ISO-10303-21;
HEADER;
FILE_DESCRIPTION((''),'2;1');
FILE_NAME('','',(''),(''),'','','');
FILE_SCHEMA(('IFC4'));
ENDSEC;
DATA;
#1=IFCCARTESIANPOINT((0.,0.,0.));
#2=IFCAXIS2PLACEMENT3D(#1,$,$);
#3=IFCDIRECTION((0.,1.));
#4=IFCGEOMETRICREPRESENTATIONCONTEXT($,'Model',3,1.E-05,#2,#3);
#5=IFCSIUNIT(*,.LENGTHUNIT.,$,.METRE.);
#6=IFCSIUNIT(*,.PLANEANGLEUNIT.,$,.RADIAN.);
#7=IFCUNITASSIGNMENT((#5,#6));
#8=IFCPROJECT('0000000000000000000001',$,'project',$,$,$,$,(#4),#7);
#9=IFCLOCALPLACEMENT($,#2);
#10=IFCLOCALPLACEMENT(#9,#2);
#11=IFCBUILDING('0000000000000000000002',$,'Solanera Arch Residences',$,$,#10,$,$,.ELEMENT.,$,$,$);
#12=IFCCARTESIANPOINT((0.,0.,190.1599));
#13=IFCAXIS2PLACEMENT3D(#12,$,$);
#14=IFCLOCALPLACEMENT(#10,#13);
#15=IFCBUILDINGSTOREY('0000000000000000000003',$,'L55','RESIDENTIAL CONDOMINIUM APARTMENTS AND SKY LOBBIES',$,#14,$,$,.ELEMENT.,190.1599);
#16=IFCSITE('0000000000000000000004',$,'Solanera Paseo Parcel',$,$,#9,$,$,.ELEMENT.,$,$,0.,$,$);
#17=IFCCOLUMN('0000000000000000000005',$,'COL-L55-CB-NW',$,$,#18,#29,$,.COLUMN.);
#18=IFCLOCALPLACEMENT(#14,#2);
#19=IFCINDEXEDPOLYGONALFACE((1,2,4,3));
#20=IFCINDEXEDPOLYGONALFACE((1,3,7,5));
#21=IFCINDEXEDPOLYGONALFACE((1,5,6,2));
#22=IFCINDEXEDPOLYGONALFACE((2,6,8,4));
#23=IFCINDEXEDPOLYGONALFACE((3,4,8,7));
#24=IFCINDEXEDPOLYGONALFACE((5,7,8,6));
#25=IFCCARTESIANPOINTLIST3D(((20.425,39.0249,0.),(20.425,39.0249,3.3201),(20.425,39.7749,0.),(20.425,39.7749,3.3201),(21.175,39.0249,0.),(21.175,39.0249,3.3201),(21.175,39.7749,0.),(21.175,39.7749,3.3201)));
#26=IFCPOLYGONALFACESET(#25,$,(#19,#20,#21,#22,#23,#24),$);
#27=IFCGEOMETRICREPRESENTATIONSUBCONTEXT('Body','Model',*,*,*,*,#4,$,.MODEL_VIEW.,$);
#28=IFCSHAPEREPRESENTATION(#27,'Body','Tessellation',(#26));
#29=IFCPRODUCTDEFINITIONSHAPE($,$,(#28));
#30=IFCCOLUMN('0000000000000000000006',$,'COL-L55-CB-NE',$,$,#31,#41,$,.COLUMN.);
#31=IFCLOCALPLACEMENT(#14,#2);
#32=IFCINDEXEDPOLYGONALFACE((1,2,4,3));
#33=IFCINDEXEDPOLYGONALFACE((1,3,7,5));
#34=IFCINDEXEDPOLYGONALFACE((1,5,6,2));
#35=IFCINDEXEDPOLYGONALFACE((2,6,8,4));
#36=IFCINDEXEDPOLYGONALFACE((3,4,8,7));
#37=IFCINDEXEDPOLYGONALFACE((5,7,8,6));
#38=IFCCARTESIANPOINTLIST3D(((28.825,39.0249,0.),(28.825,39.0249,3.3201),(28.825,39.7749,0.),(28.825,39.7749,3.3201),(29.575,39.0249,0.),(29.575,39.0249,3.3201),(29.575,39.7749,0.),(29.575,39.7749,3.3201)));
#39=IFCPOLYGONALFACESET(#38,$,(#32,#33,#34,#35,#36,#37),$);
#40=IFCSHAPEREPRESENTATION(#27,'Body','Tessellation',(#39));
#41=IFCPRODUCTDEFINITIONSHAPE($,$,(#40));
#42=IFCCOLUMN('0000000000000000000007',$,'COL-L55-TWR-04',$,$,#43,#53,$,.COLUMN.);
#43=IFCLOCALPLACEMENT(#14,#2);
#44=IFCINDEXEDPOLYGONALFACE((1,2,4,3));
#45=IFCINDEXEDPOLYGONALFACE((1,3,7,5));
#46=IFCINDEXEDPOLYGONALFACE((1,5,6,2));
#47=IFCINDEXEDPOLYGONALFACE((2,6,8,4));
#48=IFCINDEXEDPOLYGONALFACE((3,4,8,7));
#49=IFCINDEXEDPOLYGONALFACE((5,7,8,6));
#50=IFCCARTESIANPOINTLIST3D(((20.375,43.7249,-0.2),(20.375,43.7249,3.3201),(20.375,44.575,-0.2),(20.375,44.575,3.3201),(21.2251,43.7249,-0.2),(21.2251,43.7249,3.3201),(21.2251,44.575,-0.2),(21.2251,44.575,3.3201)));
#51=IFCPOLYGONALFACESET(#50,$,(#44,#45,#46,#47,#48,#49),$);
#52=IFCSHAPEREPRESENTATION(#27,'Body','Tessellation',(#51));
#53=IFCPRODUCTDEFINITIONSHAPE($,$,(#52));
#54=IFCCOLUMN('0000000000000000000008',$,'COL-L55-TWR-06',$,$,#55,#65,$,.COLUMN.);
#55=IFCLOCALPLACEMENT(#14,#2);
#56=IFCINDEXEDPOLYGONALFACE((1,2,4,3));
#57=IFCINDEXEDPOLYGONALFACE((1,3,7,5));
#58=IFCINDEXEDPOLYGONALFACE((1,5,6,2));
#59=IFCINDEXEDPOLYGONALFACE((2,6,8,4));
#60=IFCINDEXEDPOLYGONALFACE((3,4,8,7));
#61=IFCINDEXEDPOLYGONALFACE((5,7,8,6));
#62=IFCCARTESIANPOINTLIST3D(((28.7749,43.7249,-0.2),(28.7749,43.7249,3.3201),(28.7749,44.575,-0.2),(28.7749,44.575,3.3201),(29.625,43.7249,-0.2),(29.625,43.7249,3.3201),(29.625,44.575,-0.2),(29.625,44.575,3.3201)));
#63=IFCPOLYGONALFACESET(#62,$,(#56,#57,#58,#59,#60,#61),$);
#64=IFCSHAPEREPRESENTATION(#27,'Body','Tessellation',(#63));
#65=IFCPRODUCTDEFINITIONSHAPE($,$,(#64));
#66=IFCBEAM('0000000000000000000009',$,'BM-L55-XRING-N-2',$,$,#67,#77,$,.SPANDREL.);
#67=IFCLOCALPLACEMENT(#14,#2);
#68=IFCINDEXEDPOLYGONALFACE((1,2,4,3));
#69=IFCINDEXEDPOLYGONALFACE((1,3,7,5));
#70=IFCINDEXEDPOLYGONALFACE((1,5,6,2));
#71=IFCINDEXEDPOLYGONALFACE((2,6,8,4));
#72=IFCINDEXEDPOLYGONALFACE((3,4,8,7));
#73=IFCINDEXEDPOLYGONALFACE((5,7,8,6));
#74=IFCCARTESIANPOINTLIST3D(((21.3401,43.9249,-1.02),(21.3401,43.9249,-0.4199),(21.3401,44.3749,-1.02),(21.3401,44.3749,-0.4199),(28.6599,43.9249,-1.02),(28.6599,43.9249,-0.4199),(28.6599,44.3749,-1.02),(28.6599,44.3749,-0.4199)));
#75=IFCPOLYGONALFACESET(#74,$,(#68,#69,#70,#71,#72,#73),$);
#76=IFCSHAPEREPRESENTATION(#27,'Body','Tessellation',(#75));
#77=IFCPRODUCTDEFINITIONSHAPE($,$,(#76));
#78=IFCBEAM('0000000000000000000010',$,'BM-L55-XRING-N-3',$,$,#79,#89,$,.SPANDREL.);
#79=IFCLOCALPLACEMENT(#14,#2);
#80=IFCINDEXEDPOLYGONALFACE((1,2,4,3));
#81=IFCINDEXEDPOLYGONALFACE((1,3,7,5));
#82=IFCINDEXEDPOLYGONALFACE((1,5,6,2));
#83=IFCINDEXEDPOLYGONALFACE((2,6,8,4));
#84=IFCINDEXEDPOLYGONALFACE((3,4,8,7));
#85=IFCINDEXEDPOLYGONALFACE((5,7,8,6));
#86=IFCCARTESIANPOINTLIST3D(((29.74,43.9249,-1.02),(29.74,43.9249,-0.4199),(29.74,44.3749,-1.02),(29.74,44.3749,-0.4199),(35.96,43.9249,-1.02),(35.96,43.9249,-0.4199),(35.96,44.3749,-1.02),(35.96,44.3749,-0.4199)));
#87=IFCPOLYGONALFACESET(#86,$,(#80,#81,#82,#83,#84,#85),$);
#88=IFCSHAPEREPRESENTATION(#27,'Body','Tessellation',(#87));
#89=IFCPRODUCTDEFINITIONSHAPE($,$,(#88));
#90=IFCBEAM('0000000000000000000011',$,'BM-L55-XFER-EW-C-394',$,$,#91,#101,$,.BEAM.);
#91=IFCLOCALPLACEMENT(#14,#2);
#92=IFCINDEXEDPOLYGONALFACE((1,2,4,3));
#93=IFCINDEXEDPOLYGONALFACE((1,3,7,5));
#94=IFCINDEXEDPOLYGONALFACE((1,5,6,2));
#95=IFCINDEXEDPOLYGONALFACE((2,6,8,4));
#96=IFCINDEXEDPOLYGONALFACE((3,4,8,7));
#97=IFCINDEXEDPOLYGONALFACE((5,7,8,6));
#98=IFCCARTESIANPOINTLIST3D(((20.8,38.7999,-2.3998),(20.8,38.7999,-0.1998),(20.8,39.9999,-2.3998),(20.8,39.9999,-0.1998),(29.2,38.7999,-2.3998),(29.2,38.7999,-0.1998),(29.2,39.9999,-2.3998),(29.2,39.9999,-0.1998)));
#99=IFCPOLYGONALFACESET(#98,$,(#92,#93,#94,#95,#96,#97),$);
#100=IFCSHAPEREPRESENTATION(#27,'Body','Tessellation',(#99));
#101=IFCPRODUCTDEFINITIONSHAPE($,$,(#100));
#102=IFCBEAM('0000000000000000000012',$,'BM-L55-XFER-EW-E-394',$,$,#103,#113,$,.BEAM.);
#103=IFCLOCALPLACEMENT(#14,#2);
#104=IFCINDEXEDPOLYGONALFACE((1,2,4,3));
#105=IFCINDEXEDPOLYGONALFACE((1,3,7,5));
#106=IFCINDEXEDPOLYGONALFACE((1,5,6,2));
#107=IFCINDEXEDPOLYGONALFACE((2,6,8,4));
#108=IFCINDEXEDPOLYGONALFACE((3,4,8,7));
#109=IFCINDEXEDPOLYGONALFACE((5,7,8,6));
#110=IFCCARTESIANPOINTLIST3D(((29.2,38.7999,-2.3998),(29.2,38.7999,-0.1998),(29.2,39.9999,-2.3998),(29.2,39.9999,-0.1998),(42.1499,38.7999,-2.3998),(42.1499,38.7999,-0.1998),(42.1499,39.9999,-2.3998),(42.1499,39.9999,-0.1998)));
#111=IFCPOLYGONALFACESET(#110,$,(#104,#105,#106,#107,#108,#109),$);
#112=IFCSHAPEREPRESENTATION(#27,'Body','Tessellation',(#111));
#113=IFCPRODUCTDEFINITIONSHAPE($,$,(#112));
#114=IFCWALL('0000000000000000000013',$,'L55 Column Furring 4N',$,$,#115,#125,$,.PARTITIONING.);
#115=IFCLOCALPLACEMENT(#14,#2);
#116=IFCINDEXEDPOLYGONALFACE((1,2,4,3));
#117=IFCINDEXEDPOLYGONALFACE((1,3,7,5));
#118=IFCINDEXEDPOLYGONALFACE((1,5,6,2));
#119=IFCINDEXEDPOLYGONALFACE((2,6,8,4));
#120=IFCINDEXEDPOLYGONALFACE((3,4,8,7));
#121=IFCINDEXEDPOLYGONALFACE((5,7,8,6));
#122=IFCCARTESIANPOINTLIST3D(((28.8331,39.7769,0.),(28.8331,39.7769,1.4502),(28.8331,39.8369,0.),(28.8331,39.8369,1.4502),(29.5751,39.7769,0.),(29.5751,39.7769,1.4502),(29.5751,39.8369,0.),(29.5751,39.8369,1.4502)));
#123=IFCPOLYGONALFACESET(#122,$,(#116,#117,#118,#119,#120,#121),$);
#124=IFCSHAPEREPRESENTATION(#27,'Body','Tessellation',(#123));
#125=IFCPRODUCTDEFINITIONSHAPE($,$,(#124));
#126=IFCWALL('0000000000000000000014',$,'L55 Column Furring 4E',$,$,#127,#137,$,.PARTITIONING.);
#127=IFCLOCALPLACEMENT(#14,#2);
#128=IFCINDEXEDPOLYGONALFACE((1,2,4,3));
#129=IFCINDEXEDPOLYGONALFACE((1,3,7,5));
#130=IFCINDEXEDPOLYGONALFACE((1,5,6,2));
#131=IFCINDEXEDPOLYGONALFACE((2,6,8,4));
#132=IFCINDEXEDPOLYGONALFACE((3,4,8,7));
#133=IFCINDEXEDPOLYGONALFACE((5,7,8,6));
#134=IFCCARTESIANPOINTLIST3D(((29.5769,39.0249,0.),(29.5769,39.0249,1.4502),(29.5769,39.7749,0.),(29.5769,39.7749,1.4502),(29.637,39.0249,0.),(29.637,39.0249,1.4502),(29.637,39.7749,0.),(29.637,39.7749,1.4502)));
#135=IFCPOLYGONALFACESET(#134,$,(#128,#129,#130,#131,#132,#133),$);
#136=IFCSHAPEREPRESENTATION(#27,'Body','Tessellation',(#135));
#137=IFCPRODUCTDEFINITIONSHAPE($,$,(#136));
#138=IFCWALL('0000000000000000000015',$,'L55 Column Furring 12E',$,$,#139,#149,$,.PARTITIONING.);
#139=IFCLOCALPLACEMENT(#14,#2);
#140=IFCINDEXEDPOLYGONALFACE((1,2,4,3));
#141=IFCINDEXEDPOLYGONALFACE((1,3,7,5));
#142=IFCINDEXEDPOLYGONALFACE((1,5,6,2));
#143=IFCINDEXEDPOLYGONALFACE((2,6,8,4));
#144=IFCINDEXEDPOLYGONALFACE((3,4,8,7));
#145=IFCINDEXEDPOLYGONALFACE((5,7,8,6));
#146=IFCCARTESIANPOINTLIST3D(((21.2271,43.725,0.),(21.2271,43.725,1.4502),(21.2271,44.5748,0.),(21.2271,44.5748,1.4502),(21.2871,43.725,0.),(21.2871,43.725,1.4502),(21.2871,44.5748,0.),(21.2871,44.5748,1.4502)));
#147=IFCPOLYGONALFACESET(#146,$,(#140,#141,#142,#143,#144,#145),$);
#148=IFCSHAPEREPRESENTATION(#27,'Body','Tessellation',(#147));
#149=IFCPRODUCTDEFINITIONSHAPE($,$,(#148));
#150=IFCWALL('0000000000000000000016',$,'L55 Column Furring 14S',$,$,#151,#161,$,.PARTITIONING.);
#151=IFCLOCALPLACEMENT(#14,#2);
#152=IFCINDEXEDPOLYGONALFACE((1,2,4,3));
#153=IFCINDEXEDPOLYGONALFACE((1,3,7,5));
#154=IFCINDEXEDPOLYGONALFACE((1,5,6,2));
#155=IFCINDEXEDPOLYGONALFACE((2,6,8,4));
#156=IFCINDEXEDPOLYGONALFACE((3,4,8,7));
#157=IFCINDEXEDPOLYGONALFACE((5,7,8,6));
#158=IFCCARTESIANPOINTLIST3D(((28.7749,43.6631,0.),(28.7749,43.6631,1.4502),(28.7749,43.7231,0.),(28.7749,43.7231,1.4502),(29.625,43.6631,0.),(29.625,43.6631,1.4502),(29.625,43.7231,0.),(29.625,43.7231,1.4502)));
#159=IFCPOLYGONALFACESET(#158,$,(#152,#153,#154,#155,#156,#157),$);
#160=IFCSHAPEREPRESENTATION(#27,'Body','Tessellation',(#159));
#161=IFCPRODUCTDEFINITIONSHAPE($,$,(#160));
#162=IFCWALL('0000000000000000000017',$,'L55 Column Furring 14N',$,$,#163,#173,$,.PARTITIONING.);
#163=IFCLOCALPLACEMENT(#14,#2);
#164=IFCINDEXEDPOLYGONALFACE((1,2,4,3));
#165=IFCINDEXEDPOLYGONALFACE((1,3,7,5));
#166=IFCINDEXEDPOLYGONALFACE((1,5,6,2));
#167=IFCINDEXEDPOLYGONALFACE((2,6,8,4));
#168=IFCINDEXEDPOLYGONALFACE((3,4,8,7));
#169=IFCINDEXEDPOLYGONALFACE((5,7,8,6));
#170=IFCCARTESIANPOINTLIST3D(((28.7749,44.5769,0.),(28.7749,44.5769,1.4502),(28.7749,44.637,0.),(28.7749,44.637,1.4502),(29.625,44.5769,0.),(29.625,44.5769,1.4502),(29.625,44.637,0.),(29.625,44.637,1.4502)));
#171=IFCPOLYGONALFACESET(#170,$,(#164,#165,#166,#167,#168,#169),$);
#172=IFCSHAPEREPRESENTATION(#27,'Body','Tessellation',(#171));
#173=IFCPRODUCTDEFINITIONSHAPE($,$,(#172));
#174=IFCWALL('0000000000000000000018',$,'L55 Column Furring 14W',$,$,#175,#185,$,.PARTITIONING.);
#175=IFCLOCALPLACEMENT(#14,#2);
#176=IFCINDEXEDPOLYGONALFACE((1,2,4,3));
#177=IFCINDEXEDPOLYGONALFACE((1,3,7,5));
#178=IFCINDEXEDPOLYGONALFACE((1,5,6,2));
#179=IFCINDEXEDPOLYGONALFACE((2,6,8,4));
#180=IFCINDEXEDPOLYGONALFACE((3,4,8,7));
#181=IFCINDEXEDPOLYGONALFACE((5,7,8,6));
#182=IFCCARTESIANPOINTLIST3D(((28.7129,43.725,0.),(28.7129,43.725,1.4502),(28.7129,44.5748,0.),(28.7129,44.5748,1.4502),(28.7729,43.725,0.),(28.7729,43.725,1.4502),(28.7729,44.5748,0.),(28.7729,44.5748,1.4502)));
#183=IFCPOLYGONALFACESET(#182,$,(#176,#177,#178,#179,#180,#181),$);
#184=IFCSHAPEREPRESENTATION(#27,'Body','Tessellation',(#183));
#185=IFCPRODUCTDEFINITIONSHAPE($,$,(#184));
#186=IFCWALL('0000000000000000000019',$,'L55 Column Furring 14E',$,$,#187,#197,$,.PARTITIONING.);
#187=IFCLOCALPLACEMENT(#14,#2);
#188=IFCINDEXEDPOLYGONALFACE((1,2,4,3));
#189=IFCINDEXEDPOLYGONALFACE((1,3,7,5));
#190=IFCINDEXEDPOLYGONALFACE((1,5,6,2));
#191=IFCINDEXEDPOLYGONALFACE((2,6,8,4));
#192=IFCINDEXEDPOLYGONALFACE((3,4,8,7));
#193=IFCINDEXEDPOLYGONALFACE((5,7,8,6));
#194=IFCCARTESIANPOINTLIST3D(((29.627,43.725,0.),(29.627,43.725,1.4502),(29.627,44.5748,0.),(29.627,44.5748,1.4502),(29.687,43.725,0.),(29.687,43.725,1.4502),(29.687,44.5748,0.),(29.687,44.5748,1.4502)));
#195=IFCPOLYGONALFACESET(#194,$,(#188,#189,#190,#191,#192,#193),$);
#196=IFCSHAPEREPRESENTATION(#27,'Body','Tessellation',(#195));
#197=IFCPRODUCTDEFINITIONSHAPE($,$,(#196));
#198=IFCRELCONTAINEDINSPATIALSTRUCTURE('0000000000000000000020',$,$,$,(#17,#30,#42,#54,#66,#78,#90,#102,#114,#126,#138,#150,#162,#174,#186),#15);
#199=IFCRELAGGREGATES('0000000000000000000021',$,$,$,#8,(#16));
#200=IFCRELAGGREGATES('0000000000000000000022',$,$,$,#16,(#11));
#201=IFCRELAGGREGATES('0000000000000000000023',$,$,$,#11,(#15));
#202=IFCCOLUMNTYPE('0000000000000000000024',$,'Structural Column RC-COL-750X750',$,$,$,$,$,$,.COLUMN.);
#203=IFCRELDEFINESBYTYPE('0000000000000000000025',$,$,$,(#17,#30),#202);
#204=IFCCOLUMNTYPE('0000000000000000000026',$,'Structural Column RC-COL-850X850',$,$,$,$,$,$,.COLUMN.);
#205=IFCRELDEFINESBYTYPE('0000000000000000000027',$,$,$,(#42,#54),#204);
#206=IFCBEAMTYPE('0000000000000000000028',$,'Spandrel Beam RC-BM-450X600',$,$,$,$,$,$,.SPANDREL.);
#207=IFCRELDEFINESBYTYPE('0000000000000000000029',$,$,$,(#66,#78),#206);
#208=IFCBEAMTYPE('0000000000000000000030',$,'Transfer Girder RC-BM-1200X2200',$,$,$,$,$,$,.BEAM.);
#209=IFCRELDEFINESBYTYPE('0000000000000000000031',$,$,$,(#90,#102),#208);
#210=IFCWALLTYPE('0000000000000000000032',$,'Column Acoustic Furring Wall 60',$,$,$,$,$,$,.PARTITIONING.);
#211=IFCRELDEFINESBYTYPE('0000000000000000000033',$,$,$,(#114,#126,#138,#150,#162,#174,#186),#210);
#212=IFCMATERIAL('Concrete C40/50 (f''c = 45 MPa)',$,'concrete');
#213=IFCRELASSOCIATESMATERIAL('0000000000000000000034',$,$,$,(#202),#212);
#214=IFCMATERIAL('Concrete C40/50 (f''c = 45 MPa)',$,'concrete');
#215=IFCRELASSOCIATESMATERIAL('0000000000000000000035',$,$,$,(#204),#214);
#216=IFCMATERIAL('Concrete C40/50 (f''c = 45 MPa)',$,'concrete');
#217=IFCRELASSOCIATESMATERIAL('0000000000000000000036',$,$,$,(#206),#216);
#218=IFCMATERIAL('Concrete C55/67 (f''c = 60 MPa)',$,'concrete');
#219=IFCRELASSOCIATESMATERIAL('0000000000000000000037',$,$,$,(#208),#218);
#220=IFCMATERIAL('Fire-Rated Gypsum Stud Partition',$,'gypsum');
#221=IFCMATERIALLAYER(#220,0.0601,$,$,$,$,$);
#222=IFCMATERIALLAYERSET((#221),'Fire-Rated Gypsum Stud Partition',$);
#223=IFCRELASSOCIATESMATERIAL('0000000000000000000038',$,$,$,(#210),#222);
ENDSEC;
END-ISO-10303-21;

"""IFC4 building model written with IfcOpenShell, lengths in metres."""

from ifc_helpers import new_model, si_unit, direction, frame, frame_2d, origin, origin_2d, place, context, subcontext, project, spatial, rectangle, extrude, material, layer, layer_set, material_profile, profile_set, type_object, element, save


model = new_model("IFC4")

# Units and contexts
model_context = context("Model", 3, precision=1e-05, world=origin(), true_north=direction((0.0, 1.0)))
body_context = subcontext(model_context, "Body", "Model", "MODEL_VIEW")
ifc_project = project(units=[si_unit("LENGTHUNIT", "METRE"), si_unit("PLANEANGLEUNIT", "RADIAN")], contexts=[model_context])

# Site, building, storey
site_placement = place(None, origin())
site = spatial("IfcSite", under=ifc_project, at=site_placement, Name="Solanera Paseo Parcel", CompositionType="ELEMENT", RefElevation=0.0)
building_placement = place(site_placement, origin())
building = spatial("IfcBuilding", under=site, at=building_placement, Name="Solanera Arch Residences", CompositionType="ELEMENT")
storey_placement = place(building_placement, frame((0.0, 0.0, 190.1599)))
storey = spatial("IfcBuildingStorey", under=building, at=storey_placement, Name="L55", Description="RESIDENTIAL CONDOMINIUM APARTMENTS AND SKY LOBBIES", CompositionType="ELEMENT", Elevation=190.1599)

# Columns
ifc_material_1 = material(Name="Concrete C40/50 (f'c = 45 MPa)", Category="concrete")
ifc_material_profile_1 = material_profile(ifc_material_1, rectangle(XDim=0.75, YDim=0.75, at=origin_2d()))
ifc_profile_set_1 = profile_set([ifc_material_profile_1], Name="Concrete C40/50 (f'c = 45 MPa)")
column_type_1 = type_object("IfcColumnType", Name="Structural Column RC-COL-750X750", PredefinedType="COLUMN", material=ifc_profile_set_1)
for number, where, z_axis, x_axis, name in (
    (1, (20.8, 39.3999, 0.0), (0.0, 0.0, 1.0), (1.0, 0.0, 0.0), "COL-L55-CB-NW"),
    (2, (29.2, 39.3999, 0.0), (0.0, 0.0, 1.0), (1.0, 0.0, 0.0), "COL-L55-CB-NE"),
):
    element("IfcColumn", number, at=place(storey_placement, frame(where, z_axis=z_axis, x_axis=x_axis)), inside=storey, type_object=column_type_1, Name=name, PredefinedType="COLUMN", context=body_context, shape_type="SweptSolid", body=[
        extrude(rectangle(XDim=0.75, YDim=0.75, at=origin_2d()), origin(), (0.0, 0.0, 1.0), 3.3201),
    ])
ifc_material_2 = material(Name="Concrete C40/50 (f'c = 45 MPa)", Category="concrete")
ifc_material_profile_2 = material_profile(ifc_material_2, rectangle(XDim=0.8501, YDim=0.8501, at=origin_2d()))
ifc_profile_set_2 = profile_set([ifc_material_profile_2], Name="Concrete C40/50 (f'c = 45 MPa)")
column_type_2 = type_object("IfcColumnType", Name="Structural Column RC-COL-850X850", PredefinedType="COLUMN", material=ifc_profile_set_2)
for number, where, z_axis, x_axis, name in (
    (3, (20.8, 44.1499, -0.2), (0.0, 0.0, 1.0), (1.0, 0.0, 0.0), "COL-L55-TWR-04"),
    (4, (29.2, 44.1499, -0.2), (0.0, 0.0, 1.0), (1.0, 0.0, 0.0), "COL-L55-TWR-06"),
):
    element("IfcColumn", number, at=place(storey_placement, frame(where, z_axis=z_axis, x_axis=x_axis)), inside=storey, type_object=column_type_2, Name=name, PredefinedType="COLUMN", context=body_context, shape_type="SweptSolid", body=[
        extrude(rectangle(XDim=0.8501, YDim=0.8501, at=origin_2d()), origin(), (0.0, 0.0, 1.0), 3.52),
    ])

# Beams
ifc_material_3 = material(Name="Concrete C40/50 (f'c = 45 MPa)", Category="concrete")
ifc_material_profile_3 = material_profile(ifc_material_3, rectangle(XDim=0.45, YDim=0.6001, at=origin_2d()))
ifc_profile_set_3 = profile_set([ifc_material_profile_3], Name="Concrete C40/50 (f'c = 45 MPa)")
beam_type_1 = type_object("IfcBeamType", Name="Spandrel Beam RC-BM-450X600", PredefinedType="SPANDREL", material=ifc_profile_set_3)
beam_1_placement = place(storey_placement, frame((21.3401, 44.1499, -0.72), z_axis=(1.0, 0.0, 0.0), x_axis=(0.0, 1.0, 0.0)))
element("IfcBeam", 5, at=beam_1_placement, inside=storey, type_object=beam_type_1, Name="BM-L55-XRING-N-2", PredefinedType="SPANDREL", context=body_context, shape_type="SweptSolid", body=[
    extrude(rectangle(XDim=0.45, YDim=0.6001, at=origin_2d()), origin(), (0.0, 0.0, 1.0), 7.3198),
])
beam_2_placement = place(storey_placement, frame((29.74, 44.1499, -0.72), z_axis=(1.0, 0.0, 0.0), x_axis=(0.0, 1.0, 0.0)))
element("IfcBeam", 6, at=beam_2_placement, inside=storey, type_object=beam_type_1, Name="BM-L55-XRING-N-3", PredefinedType="SPANDREL", context=body_context, shape_type="SweptSolid", body=[
    extrude(rectangle(XDim=0.45, YDim=0.6001, at=origin_2d()), origin(), (0.0, 0.0, 1.0), 6.22),
])
ifc_material_4 = material(Name="Concrete C55/67 (f'c = 60 MPa)", Category="concrete")
ifc_material_profile_4 = material_profile(ifc_material_4, rectangle(XDim=1.2, YDim=2.2, at=origin_2d()))
ifc_profile_set_4 = profile_set([ifc_material_profile_4], Name="Concrete C55/67 (f'c = 60 MPa)")
beam_type_2 = type_object("IfcBeamType", Name="Transfer Girder RC-BM-1200X2200", PredefinedType="BEAM", material=ifc_profile_set_4)
beam_3_placement = place(storey_placement, frame((20.8, 39.3999, -1.2998), z_axis=(1.0, 0.0, 0.0), x_axis=(0.0, 1.0, 0.0)))
element("IfcBeam", 7, at=beam_3_placement, inside=storey, type_object=beam_type_2, Name="BM-L55-XFER-EW-C-394", PredefinedType="BEAM", context=body_context, shape_type="SweptSolid", body=[
    extrude(rectangle(XDim=1.2, YDim=2.2, at=origin_2d()), origin(), (0.0, 0.0, 1.0), 8.3999),
])
beam_4_placement = place(storey_placement, frame((29.2, 39.3999, -1.2998), z_axis=(1.0, 0.0, 0.0), x_axis=(0.0, 1.0, 0.0)))
element("IfcBeam", 8, at=beam_4_placement, inside=storey, type_object=beam_type_2, Name="BM-L55-XFER-EW-E-394", PredefinedType="BEAM", context=body_context, shape_type="SweptSolid", body=[
    extrude(rectangle(XDim=1.2, YDim=2.2, at=origin_2d()), origin(), (0.0, 0.0, 1.0), 12.95),
])

# Walls
ifc_material_5 = material(Name="Fire-Rated Gypsum Stud Partition", Category="gypsum")
ifc_layer_1 = layer(ifc_material_5, 0.0601)
ifc_layer_set_1 = layer_set([ifc_layer_1], Name="Fire-Rated Gypsum Stud Partition")
wall_type_1 = type_object("IfcWallType", Name="Column Acoustic Furring Wall 60", PredefinedType="PARTITIONING", material=ifc_layer_set_1)
wall_1_placement = place(storey_placement, frame((28.833, 39.8069, 0.0), z_axis=(0.0, 0.0, 1.0), x_axis=(1.0, 0.0, 0.0)))
element("IfcWall", 9, at=wall_1_placement, inside=storey, type_object=wall_type_1, Name="L55 Column Furring 4N", PredefinedType="PARTITIONING", context=body_context, shape_type="SweptSolid", body=[
    extrude(rectangle(XDim=0.7419, YDim=0.0601, at=frame_2d((0.3711, 0.0))), origin(), (0.0, 0.0, 1.0), 1.4502),
])
wall_2_placement = place(storey_placement, frame((29.6069, 39.0249, 0.0), z_axis=(0.0, 0.0, 1.0), x_axis=(0.0, 1.0, 0.0)))
element("IfcWall", 10, at=wall_2_placement, inside=storey, type_object=wall_type_1, Name="L55 Column Furring 4E", PredefinedType="PARTITIONING", context=body_context, shape_type="SweptSolid", body=[
    extrude(rectangle(XDim=0.75, YDim=0.0601, at=frame_2d((0.375, 0.0))), origin(), (0.0, 0.0, 1.0), 1.4502),
])
wall_3_placement = place(storey_placement, frame((21.2571, 43.7251, 0.0), z_axis=(0.0, 0.0, 1.0), x_axis=(0.0, 1.0, 0.0)))
element("IfcWall", 11, at=wall_3_placement, inside=storey, type_object=wall_type_1, Name="L55 Column Furring 12E", PredefinedType="PARTITIONING", context=body_context, shape_type="SweptSolid", body=[
    extrude(rectangle(XDim=0.8499, YDim=0.0601, at=frame_2d((0.4248, 0.0))), origin(), (0.0, 0.0, 1.0), 1.4502),
])
for number, where, z_axis, x_axis, name in (
    (12, (28.7749, 43.6931, 0.0), (0.0, 0.0, 1.0), (1.0, 0.0, 0.0), "L55 Column Furring 14S"),
    (13, (28.7749, 44.6069, 0.0), (0.0, 0.0, 1.0), (1.0, 0.0, 0.0), "L55 Column Furring 14N"),
):
    element("IfcWall", number, at=place(storey_placement, frame(where, z_axis=z_axis, x_axis=x_axis)), inside=storey, type_object=wall_type_1, Name=name, PredefinedType="PARTITIONING", context=body_context, shape_type="SweptSolid", body=[
        extrude(rectangle(XDim=0.8501, YDim=0.0601, at=frame_2d((0.425, 0.0))), origin(), (0.0, 0.0, 1.0), 1.4502),
    ])
for number, where, z_axis, x_axis, name in (
    (14, (28.7429, 43.7251, 0.0), (0.0, 0.0, 1.0), (0.0, 1.0, 0.0), "L55 Column Furring 14W"),
    (15, (29.657, 43.7251, 0.0), (0.0, 0.0, 1.0), (0.0, 1.0, 0.0), "L55 Column Furring 14E"),
):
    element("IfcWall", number, at=place(storey_placement, frame(where, z_axis=z_axis, x_axis=x_axis)), inside=storey, type_object=wall_type_1, Name=name, PredefinedType="PARTITIONING", context=body_context, shape_type="SweptSolid", body=[
        extrude(rectangle(XDim=0.8499, YDim=0.0601, at=frame_2d((0.4248, 0.0))), origin(), (0.0, 0.0, 1.0), 1.4502),
    ])

save(model, "model.ifc")
